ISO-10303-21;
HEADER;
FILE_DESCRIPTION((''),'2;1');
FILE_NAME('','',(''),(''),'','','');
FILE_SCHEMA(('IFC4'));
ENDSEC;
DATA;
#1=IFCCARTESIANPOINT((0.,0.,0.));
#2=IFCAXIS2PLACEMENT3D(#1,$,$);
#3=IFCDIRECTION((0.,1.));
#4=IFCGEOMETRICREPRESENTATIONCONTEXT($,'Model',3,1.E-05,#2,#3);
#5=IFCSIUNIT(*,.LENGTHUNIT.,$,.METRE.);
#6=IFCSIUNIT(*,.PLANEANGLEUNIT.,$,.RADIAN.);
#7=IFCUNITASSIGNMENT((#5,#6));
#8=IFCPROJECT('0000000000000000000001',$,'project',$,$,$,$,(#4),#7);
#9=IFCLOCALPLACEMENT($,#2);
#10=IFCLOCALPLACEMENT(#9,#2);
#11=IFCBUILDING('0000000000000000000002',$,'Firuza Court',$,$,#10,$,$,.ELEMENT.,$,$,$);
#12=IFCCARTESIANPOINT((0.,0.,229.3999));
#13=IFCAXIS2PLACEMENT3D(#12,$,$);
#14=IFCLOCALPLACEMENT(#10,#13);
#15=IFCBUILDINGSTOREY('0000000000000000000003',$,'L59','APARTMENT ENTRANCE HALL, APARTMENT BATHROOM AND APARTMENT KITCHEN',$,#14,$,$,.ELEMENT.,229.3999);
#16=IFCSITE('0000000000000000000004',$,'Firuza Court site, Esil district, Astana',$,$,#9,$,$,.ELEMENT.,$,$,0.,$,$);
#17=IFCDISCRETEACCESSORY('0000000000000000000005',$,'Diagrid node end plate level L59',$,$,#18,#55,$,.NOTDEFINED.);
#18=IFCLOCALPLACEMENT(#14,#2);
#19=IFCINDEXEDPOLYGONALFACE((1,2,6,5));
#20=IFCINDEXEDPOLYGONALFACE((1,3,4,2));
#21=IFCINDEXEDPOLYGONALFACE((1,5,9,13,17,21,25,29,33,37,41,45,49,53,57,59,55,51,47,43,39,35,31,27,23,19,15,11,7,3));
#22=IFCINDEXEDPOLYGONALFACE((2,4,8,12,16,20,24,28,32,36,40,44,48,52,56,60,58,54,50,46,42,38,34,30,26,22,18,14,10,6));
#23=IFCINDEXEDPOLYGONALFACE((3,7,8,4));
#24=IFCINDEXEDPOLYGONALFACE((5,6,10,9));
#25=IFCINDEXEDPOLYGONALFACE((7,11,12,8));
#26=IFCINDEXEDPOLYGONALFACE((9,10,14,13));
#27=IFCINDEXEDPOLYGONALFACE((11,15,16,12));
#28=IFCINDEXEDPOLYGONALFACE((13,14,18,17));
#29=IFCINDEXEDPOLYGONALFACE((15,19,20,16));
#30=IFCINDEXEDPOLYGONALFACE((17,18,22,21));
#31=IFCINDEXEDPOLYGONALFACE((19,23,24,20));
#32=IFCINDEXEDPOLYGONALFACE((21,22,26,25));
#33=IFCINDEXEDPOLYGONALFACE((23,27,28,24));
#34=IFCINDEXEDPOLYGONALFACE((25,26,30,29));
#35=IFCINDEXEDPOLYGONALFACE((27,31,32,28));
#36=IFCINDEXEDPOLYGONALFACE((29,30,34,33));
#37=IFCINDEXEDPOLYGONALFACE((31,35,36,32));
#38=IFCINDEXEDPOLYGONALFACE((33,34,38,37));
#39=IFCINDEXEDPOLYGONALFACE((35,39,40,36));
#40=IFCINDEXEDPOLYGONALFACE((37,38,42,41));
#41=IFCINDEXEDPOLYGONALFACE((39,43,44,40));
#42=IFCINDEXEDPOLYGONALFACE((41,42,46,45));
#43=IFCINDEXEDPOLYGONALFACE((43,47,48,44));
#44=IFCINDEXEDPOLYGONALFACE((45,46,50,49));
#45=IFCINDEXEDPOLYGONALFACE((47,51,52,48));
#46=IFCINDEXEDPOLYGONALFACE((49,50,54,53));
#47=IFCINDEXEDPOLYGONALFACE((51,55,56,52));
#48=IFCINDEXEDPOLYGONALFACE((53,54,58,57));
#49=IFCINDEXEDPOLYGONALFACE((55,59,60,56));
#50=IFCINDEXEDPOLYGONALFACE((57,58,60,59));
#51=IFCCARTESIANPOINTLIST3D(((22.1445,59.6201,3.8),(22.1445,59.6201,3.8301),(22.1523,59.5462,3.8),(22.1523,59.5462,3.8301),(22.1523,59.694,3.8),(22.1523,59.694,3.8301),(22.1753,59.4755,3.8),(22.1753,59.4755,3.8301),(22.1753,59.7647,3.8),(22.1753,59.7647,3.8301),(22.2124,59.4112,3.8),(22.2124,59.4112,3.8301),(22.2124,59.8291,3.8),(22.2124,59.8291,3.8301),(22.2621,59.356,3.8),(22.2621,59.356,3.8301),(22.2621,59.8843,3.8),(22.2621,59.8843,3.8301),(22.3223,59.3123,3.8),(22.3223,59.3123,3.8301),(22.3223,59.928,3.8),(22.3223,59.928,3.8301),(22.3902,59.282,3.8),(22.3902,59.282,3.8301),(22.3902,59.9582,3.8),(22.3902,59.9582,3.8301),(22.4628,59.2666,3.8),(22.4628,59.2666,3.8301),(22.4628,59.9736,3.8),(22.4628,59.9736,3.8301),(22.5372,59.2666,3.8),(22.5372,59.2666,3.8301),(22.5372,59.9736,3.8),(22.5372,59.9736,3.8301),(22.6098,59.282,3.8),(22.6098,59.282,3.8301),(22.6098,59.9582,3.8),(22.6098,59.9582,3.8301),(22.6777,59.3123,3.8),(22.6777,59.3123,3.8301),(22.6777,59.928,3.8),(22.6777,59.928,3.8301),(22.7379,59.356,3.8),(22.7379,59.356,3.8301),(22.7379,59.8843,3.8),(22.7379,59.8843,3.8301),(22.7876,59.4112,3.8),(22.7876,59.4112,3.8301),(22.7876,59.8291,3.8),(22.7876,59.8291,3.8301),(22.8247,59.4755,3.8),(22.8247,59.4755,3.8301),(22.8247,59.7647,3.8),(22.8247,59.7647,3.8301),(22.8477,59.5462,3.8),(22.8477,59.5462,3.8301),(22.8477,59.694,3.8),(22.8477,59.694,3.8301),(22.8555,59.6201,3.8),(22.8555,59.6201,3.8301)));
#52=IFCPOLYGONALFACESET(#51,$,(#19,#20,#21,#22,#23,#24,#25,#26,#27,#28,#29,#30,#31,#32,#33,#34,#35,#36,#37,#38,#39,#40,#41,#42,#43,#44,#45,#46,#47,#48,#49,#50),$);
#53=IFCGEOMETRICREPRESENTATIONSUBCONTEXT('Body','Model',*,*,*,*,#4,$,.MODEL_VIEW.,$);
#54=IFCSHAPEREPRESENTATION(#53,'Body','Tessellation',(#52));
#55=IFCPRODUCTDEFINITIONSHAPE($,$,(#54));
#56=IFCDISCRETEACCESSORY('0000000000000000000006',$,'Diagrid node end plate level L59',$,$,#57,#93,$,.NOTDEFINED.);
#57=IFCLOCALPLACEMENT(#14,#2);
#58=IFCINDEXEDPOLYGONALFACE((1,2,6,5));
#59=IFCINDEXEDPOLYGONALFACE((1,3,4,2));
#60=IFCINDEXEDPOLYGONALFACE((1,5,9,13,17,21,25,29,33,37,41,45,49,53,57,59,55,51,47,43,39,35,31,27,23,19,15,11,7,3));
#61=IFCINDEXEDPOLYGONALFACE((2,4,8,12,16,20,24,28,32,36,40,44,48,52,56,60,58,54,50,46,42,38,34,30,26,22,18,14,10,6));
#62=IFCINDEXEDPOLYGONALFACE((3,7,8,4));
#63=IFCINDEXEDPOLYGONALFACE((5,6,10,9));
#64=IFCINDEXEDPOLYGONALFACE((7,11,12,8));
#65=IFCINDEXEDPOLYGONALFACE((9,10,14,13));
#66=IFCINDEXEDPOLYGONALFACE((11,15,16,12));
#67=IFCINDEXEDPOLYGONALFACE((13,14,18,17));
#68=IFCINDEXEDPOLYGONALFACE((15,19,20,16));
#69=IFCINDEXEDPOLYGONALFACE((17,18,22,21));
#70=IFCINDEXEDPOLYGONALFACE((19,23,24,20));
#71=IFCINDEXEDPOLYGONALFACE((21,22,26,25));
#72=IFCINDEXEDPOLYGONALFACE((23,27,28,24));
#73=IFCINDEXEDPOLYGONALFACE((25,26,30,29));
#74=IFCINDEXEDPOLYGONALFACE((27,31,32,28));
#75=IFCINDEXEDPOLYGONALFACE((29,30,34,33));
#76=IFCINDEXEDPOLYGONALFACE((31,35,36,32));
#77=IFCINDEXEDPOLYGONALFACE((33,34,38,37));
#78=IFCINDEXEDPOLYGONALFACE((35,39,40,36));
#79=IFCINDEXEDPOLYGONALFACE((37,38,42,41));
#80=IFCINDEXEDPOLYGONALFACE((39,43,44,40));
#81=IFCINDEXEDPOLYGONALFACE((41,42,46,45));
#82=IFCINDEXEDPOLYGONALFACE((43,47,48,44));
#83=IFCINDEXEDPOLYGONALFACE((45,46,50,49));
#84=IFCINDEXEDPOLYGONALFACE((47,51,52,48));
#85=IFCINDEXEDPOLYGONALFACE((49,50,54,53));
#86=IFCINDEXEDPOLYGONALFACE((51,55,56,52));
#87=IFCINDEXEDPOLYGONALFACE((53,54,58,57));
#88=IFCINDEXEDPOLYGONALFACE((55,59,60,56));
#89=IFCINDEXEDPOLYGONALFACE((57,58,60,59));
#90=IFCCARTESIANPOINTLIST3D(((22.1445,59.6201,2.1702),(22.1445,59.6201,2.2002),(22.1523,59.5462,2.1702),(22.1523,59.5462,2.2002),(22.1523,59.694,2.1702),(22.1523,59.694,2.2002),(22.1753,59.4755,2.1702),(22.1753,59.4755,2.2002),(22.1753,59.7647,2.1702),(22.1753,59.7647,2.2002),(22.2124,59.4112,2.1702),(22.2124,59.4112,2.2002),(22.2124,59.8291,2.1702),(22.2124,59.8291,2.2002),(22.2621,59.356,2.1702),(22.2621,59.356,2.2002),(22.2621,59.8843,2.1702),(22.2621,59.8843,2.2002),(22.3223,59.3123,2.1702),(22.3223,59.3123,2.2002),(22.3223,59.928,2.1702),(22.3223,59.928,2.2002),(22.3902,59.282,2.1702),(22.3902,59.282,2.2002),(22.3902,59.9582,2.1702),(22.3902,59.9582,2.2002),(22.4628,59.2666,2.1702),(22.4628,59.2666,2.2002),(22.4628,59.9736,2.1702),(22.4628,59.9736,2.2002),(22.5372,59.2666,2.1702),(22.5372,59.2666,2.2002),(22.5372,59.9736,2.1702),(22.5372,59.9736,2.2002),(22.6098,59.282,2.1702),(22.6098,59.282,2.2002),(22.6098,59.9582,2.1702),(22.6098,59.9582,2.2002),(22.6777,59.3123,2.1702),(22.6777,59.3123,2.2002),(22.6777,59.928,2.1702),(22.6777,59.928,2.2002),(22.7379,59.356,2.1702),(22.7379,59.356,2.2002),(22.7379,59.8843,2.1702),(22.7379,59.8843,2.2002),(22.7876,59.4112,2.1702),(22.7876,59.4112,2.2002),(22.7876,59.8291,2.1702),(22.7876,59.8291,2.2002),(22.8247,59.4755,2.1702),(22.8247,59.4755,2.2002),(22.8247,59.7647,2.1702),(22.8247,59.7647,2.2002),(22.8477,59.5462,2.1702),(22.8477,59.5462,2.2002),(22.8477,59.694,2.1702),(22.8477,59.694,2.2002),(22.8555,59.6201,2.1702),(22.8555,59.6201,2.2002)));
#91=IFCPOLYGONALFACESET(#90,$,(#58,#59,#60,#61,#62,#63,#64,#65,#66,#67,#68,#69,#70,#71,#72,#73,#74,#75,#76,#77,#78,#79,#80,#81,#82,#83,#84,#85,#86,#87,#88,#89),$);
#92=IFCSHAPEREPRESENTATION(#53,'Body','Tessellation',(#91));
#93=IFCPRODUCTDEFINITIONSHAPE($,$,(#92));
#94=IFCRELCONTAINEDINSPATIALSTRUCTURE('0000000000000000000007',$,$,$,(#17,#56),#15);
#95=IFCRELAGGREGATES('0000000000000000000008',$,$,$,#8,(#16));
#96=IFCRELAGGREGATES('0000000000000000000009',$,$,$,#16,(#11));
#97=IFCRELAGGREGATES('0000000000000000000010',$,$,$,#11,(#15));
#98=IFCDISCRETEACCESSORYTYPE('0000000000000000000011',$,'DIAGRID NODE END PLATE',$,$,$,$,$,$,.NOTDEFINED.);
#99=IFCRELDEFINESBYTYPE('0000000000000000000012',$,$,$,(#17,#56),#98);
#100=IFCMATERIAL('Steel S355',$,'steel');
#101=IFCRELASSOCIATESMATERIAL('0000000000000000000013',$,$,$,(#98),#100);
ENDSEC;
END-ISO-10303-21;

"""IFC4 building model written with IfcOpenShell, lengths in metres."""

from ifc_helpers import new_model, si_unit, direction, frame, origin, origin_2d, place, context, subcontext, project, spatial, circle, extrude, material, material_profile, profile_set, type_object, element, save


model = new_model("IFC4")

# Units and contexts
model_context = context("Model", 3, precision=1e-05, world=origin(), true_north=direction((0.0, 1.0)))
body_context = subcontext(model_context, "Body", "Model", "MODEL_VIEW")
ifc_project = project(units=[si_unit("LENGTHUNIT", "METRE"), si_unit("PLANEANGLEUNIT", "RADIAN")], contexts=[model_context])

# Site, building, storey
site_placement = place(None, origin())
site = spatial("IfcSite", under=ifc_project, at=site_placement, Name="Firuza Court site, Esil district, Astana", CompositionType="ELEMENT", RefElevation=0.0)
building_placement = place(site_placement, origin())
building = spatial("IfcBuilding", under=site, at=building_placement, Name="Firuza Court", CompositionType="ELEMENT")
storey_placement = place(building_placement, frame((0.0, 0.0, 229.3999)))
storey = spatial("IfcBuildingStorey", under=building, at=storey_placement, Name="L59", Description="APARTMENT ENTRANCE HALL, APARTMENT BATHROOM AND APARTMENT KITCHEN", CompositionType="ELEMENT", Elevation=229.3999)

# Discrete accessories
ifc_material_1 = material(Name="Steel S355", Category="steel")
ifc_material_profile_1 = material_profile(ifc_material_1, circle(Radius=0.3555, at=origin_2d()), Name="PL D711")
ifc_profile_set_1 = profile_set([ifc_material_profile_1], Name="Steel S355")
discrete_accessory_type = type_object("IfcDiscreteAccessoryType", Name="DIAGRID NODE END PLATE", PredefinedType="NOTDEFINED", material=ifc_profile_set_1)
for number, where, z_axis, x_axis, name in (
    (1, (22.5, 59.6201, 3.8), (0.0, 0.0, 1.0), (1.0, 0.0, 0.0), "Diagrid node end plate level L59"),
    (2, (22.5, 59.6201, 2.1702), (0.0, 0.0, 1.0), (1.0, 0.0, 0.0), "Diagrid node end plate level L59"),
):
    element("IfcDiscreteAccessory", number, at=place(storey_placement, frame(where, z_axis=z_axis, x_axis=x_axis)), inside=storey, type_object=discrete_accessory_type, Name=name, PredefinedType="NOTDEFINED", context=body_context, shape_type="SweptSolid", body=[
        extrude(circle(Radius=0.3555, at=origin_2d()), origin(), (0.0, 0.0, 1.0), 0.03),
    ])

save(model, "model.ifc")
